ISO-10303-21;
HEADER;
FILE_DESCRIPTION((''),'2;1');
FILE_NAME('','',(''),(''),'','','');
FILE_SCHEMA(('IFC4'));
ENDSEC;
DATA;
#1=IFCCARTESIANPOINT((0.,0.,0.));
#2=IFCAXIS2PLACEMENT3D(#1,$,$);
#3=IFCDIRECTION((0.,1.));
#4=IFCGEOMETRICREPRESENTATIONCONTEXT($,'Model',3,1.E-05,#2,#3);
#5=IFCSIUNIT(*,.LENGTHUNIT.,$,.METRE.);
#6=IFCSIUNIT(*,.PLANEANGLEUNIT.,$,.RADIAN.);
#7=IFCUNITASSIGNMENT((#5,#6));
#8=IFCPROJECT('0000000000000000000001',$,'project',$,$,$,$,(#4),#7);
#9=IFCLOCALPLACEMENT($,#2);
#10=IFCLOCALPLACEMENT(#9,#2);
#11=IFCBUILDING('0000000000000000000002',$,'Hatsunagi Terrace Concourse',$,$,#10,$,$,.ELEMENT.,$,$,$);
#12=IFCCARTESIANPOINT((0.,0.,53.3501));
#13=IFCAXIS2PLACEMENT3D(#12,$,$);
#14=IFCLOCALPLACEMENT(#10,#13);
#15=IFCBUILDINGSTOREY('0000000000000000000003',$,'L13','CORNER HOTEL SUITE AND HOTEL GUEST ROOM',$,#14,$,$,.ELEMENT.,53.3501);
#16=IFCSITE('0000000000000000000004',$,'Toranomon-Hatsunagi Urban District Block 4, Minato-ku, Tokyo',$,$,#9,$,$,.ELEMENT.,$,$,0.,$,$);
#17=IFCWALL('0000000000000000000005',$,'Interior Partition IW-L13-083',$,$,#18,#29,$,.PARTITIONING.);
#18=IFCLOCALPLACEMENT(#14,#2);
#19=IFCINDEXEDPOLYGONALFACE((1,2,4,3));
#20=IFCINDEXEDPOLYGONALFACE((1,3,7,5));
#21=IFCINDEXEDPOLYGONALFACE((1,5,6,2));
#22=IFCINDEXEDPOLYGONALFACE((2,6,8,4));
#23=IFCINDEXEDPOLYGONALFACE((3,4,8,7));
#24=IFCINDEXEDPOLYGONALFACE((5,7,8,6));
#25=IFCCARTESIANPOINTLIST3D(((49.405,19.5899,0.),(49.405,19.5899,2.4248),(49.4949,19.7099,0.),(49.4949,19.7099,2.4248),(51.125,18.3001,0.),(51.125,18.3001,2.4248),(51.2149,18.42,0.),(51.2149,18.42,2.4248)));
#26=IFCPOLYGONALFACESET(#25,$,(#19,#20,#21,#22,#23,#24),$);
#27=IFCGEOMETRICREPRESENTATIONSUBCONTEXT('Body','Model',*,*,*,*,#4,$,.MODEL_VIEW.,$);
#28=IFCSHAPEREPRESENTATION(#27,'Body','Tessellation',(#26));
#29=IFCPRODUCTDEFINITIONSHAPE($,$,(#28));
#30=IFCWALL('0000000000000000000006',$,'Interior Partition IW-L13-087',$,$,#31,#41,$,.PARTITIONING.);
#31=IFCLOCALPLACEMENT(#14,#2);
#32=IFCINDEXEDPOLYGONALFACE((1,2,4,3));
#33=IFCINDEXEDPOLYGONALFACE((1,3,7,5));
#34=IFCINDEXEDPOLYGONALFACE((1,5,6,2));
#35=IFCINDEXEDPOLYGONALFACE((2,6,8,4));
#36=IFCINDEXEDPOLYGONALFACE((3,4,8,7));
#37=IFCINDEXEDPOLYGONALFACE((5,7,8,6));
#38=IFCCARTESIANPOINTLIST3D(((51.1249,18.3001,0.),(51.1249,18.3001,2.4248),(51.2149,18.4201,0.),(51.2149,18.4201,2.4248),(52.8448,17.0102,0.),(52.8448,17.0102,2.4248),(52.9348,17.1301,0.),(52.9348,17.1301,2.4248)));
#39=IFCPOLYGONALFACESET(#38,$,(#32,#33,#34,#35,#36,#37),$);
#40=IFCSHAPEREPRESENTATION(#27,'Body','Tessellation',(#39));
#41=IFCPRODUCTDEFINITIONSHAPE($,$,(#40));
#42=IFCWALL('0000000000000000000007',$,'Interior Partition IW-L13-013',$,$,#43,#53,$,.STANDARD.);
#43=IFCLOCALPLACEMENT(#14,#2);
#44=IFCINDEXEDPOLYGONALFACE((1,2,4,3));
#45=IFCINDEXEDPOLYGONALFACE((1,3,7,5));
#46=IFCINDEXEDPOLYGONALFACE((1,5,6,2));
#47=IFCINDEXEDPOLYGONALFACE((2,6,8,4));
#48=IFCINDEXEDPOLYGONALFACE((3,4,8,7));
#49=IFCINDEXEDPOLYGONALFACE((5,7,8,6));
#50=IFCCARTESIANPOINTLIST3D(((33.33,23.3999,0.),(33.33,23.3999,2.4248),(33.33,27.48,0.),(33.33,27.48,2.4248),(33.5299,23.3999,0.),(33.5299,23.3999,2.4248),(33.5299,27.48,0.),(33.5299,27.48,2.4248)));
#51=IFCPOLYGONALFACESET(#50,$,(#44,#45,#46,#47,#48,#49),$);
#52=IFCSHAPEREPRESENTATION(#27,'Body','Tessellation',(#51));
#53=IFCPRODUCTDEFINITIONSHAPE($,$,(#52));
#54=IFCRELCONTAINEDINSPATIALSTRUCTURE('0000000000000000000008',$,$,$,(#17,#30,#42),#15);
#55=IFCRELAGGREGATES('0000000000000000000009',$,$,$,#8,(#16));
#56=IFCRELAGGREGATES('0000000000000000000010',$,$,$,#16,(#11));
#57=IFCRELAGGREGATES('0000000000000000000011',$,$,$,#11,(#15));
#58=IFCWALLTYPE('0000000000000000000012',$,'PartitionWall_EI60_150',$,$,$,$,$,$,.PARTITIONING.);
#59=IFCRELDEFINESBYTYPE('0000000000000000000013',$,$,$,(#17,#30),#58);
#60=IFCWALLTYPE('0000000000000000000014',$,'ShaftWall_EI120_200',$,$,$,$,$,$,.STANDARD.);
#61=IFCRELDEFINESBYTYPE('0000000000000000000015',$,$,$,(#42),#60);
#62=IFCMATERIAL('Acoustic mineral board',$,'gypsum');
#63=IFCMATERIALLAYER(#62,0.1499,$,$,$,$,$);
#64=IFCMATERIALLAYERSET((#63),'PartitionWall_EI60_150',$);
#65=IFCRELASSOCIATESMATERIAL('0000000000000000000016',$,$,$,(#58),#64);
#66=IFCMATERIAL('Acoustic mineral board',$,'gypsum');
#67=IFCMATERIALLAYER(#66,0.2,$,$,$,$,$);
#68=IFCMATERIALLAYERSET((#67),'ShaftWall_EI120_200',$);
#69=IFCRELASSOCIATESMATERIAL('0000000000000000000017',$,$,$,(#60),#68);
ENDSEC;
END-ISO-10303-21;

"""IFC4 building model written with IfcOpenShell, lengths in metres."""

from ifc_helpers import new_model, si_unit, direction, frame, frame_2d, origin, place, context, subcontext, project, spatial, rectangle, extrude, material, layer, layer_set, type_object, element, save


model = new_model("IFC4")

# Units and contexts
model_context = context("Model", 3, precision=1e-05, world=origin(), true_north=direction((0.0, 1.0)))
body_context = subcontext(model_context, "Body", "Model", "MODEL_VIEW")
ifc_project = project(units=[si_unit("LENGTHUNIT", "METRE"), si_unit("PLANEANGLEUNIT", "RADIAN")], contexts=[model_context])

# Site, building, storey
site_placement = place(None, origin())
site = spatial("IfcSite", under=ifc_project, at=site_placement, Name="Toranomon-Hatsunagi Urban District Block 4, Minato-ku, Tokyo", CompositionType="ELEMENT", RefElevation=0.0)
building_placement = place(site_placement, origin())
building = spatial("IfcBuilding", under=site, at=building_placement, Name="Hatsunagi Terrace Concourse", CompositionType="ELEMENT")
storey_placement = place(building_placement, frame((0.0, 0.0, 53.3501)))
storey = spatial("IfcBuildingStorey", under=building, at=storey_placement, Name="L13", Description="CORNER HOTEL SUITE AND HOTEL GUEST ROOM", CompositionType="ELEMENT", Elevation=53.3501)

# Shared definitions
ifc_material_1 = material(Name="Acoustic mineral board", Category="gypsum")
ifc_layer_1 = layer(ifc_material_1, 0.1499)
ifc_layer_set_1 = layer_set([ifc_layer_1], Name="PartitionWall_EI60_150")
wall_type_1 = type_object("IfcWallType", Name="PartitionWall_EI60_150", PredefinedType="PARTITIONING", material=ifc_layer_set_1)

# Walls
for number, where, z_axis, x_axis, name in (
    (1, (49.45, 19.6499, 0.0), (0.0, 0.0, 1.0), (0.800041, -0.599945, 0.0), "Interior Partition IW-L13-083"),
    (2, (51.1699, 18.3601, 0.0), (0.0, 0.0, 1.0), (0.799986, -0.600018, 0.0), "Interior Partition IW-L13-087"),
):
    element("IfcWall", number, at=place(storey_placement, frame(where, z_axis=z_axis, x_axis=x_axis)), inside=storey, type_object=wall_type_1, Name=name, PredefinedType="PARTITIONING", context=body_context, shape_type="SweptSolid", body=[
        extrude(rectangle(XDim=2.1499, YDim=0.1499, at=frame_2d((1.075, 0.0))), origin(), (0.0, 0.0, 1.0), 2.4248),
    ])
ifc_material_2 = material(Name="Acoustic mineral board", Category="gypsum")
ifc_layer_2 = layer(ifc_material_2, 0.2)
ifc_layer_set_2 = layer_set([ifc_layer_2], Name="ShaftWall_EI120_200")
wall_type_2 = type_object("IfcWallType", Name="ShaftWall_EI120_200", PredefinedType="STANDARD", material=ifc_layer_set_2)
wall_1_placement = place(storey_placement, frame((33.4299, 23.3999, 0.0), z_axis=(0.0, 0.0, 1.0), x_axis=(0.0, 1.0, 0.0)))
element("IfcWall", 3, at=wall_1_placement, inside=storey, type_object=wall_type_2, Name="Interior Partition IW-L13-013", PredefinedType="STANDARD", context=body_context, shape_type="SweptSolid", body=[
    extrude(rectangle(XDim=4.0801, YDim=0.2, at=frame_2d((2.04, 0.0))), origin(), (0.0, 0.0, 1.0), 2.4248),
])

save(model, "model.ifc")
